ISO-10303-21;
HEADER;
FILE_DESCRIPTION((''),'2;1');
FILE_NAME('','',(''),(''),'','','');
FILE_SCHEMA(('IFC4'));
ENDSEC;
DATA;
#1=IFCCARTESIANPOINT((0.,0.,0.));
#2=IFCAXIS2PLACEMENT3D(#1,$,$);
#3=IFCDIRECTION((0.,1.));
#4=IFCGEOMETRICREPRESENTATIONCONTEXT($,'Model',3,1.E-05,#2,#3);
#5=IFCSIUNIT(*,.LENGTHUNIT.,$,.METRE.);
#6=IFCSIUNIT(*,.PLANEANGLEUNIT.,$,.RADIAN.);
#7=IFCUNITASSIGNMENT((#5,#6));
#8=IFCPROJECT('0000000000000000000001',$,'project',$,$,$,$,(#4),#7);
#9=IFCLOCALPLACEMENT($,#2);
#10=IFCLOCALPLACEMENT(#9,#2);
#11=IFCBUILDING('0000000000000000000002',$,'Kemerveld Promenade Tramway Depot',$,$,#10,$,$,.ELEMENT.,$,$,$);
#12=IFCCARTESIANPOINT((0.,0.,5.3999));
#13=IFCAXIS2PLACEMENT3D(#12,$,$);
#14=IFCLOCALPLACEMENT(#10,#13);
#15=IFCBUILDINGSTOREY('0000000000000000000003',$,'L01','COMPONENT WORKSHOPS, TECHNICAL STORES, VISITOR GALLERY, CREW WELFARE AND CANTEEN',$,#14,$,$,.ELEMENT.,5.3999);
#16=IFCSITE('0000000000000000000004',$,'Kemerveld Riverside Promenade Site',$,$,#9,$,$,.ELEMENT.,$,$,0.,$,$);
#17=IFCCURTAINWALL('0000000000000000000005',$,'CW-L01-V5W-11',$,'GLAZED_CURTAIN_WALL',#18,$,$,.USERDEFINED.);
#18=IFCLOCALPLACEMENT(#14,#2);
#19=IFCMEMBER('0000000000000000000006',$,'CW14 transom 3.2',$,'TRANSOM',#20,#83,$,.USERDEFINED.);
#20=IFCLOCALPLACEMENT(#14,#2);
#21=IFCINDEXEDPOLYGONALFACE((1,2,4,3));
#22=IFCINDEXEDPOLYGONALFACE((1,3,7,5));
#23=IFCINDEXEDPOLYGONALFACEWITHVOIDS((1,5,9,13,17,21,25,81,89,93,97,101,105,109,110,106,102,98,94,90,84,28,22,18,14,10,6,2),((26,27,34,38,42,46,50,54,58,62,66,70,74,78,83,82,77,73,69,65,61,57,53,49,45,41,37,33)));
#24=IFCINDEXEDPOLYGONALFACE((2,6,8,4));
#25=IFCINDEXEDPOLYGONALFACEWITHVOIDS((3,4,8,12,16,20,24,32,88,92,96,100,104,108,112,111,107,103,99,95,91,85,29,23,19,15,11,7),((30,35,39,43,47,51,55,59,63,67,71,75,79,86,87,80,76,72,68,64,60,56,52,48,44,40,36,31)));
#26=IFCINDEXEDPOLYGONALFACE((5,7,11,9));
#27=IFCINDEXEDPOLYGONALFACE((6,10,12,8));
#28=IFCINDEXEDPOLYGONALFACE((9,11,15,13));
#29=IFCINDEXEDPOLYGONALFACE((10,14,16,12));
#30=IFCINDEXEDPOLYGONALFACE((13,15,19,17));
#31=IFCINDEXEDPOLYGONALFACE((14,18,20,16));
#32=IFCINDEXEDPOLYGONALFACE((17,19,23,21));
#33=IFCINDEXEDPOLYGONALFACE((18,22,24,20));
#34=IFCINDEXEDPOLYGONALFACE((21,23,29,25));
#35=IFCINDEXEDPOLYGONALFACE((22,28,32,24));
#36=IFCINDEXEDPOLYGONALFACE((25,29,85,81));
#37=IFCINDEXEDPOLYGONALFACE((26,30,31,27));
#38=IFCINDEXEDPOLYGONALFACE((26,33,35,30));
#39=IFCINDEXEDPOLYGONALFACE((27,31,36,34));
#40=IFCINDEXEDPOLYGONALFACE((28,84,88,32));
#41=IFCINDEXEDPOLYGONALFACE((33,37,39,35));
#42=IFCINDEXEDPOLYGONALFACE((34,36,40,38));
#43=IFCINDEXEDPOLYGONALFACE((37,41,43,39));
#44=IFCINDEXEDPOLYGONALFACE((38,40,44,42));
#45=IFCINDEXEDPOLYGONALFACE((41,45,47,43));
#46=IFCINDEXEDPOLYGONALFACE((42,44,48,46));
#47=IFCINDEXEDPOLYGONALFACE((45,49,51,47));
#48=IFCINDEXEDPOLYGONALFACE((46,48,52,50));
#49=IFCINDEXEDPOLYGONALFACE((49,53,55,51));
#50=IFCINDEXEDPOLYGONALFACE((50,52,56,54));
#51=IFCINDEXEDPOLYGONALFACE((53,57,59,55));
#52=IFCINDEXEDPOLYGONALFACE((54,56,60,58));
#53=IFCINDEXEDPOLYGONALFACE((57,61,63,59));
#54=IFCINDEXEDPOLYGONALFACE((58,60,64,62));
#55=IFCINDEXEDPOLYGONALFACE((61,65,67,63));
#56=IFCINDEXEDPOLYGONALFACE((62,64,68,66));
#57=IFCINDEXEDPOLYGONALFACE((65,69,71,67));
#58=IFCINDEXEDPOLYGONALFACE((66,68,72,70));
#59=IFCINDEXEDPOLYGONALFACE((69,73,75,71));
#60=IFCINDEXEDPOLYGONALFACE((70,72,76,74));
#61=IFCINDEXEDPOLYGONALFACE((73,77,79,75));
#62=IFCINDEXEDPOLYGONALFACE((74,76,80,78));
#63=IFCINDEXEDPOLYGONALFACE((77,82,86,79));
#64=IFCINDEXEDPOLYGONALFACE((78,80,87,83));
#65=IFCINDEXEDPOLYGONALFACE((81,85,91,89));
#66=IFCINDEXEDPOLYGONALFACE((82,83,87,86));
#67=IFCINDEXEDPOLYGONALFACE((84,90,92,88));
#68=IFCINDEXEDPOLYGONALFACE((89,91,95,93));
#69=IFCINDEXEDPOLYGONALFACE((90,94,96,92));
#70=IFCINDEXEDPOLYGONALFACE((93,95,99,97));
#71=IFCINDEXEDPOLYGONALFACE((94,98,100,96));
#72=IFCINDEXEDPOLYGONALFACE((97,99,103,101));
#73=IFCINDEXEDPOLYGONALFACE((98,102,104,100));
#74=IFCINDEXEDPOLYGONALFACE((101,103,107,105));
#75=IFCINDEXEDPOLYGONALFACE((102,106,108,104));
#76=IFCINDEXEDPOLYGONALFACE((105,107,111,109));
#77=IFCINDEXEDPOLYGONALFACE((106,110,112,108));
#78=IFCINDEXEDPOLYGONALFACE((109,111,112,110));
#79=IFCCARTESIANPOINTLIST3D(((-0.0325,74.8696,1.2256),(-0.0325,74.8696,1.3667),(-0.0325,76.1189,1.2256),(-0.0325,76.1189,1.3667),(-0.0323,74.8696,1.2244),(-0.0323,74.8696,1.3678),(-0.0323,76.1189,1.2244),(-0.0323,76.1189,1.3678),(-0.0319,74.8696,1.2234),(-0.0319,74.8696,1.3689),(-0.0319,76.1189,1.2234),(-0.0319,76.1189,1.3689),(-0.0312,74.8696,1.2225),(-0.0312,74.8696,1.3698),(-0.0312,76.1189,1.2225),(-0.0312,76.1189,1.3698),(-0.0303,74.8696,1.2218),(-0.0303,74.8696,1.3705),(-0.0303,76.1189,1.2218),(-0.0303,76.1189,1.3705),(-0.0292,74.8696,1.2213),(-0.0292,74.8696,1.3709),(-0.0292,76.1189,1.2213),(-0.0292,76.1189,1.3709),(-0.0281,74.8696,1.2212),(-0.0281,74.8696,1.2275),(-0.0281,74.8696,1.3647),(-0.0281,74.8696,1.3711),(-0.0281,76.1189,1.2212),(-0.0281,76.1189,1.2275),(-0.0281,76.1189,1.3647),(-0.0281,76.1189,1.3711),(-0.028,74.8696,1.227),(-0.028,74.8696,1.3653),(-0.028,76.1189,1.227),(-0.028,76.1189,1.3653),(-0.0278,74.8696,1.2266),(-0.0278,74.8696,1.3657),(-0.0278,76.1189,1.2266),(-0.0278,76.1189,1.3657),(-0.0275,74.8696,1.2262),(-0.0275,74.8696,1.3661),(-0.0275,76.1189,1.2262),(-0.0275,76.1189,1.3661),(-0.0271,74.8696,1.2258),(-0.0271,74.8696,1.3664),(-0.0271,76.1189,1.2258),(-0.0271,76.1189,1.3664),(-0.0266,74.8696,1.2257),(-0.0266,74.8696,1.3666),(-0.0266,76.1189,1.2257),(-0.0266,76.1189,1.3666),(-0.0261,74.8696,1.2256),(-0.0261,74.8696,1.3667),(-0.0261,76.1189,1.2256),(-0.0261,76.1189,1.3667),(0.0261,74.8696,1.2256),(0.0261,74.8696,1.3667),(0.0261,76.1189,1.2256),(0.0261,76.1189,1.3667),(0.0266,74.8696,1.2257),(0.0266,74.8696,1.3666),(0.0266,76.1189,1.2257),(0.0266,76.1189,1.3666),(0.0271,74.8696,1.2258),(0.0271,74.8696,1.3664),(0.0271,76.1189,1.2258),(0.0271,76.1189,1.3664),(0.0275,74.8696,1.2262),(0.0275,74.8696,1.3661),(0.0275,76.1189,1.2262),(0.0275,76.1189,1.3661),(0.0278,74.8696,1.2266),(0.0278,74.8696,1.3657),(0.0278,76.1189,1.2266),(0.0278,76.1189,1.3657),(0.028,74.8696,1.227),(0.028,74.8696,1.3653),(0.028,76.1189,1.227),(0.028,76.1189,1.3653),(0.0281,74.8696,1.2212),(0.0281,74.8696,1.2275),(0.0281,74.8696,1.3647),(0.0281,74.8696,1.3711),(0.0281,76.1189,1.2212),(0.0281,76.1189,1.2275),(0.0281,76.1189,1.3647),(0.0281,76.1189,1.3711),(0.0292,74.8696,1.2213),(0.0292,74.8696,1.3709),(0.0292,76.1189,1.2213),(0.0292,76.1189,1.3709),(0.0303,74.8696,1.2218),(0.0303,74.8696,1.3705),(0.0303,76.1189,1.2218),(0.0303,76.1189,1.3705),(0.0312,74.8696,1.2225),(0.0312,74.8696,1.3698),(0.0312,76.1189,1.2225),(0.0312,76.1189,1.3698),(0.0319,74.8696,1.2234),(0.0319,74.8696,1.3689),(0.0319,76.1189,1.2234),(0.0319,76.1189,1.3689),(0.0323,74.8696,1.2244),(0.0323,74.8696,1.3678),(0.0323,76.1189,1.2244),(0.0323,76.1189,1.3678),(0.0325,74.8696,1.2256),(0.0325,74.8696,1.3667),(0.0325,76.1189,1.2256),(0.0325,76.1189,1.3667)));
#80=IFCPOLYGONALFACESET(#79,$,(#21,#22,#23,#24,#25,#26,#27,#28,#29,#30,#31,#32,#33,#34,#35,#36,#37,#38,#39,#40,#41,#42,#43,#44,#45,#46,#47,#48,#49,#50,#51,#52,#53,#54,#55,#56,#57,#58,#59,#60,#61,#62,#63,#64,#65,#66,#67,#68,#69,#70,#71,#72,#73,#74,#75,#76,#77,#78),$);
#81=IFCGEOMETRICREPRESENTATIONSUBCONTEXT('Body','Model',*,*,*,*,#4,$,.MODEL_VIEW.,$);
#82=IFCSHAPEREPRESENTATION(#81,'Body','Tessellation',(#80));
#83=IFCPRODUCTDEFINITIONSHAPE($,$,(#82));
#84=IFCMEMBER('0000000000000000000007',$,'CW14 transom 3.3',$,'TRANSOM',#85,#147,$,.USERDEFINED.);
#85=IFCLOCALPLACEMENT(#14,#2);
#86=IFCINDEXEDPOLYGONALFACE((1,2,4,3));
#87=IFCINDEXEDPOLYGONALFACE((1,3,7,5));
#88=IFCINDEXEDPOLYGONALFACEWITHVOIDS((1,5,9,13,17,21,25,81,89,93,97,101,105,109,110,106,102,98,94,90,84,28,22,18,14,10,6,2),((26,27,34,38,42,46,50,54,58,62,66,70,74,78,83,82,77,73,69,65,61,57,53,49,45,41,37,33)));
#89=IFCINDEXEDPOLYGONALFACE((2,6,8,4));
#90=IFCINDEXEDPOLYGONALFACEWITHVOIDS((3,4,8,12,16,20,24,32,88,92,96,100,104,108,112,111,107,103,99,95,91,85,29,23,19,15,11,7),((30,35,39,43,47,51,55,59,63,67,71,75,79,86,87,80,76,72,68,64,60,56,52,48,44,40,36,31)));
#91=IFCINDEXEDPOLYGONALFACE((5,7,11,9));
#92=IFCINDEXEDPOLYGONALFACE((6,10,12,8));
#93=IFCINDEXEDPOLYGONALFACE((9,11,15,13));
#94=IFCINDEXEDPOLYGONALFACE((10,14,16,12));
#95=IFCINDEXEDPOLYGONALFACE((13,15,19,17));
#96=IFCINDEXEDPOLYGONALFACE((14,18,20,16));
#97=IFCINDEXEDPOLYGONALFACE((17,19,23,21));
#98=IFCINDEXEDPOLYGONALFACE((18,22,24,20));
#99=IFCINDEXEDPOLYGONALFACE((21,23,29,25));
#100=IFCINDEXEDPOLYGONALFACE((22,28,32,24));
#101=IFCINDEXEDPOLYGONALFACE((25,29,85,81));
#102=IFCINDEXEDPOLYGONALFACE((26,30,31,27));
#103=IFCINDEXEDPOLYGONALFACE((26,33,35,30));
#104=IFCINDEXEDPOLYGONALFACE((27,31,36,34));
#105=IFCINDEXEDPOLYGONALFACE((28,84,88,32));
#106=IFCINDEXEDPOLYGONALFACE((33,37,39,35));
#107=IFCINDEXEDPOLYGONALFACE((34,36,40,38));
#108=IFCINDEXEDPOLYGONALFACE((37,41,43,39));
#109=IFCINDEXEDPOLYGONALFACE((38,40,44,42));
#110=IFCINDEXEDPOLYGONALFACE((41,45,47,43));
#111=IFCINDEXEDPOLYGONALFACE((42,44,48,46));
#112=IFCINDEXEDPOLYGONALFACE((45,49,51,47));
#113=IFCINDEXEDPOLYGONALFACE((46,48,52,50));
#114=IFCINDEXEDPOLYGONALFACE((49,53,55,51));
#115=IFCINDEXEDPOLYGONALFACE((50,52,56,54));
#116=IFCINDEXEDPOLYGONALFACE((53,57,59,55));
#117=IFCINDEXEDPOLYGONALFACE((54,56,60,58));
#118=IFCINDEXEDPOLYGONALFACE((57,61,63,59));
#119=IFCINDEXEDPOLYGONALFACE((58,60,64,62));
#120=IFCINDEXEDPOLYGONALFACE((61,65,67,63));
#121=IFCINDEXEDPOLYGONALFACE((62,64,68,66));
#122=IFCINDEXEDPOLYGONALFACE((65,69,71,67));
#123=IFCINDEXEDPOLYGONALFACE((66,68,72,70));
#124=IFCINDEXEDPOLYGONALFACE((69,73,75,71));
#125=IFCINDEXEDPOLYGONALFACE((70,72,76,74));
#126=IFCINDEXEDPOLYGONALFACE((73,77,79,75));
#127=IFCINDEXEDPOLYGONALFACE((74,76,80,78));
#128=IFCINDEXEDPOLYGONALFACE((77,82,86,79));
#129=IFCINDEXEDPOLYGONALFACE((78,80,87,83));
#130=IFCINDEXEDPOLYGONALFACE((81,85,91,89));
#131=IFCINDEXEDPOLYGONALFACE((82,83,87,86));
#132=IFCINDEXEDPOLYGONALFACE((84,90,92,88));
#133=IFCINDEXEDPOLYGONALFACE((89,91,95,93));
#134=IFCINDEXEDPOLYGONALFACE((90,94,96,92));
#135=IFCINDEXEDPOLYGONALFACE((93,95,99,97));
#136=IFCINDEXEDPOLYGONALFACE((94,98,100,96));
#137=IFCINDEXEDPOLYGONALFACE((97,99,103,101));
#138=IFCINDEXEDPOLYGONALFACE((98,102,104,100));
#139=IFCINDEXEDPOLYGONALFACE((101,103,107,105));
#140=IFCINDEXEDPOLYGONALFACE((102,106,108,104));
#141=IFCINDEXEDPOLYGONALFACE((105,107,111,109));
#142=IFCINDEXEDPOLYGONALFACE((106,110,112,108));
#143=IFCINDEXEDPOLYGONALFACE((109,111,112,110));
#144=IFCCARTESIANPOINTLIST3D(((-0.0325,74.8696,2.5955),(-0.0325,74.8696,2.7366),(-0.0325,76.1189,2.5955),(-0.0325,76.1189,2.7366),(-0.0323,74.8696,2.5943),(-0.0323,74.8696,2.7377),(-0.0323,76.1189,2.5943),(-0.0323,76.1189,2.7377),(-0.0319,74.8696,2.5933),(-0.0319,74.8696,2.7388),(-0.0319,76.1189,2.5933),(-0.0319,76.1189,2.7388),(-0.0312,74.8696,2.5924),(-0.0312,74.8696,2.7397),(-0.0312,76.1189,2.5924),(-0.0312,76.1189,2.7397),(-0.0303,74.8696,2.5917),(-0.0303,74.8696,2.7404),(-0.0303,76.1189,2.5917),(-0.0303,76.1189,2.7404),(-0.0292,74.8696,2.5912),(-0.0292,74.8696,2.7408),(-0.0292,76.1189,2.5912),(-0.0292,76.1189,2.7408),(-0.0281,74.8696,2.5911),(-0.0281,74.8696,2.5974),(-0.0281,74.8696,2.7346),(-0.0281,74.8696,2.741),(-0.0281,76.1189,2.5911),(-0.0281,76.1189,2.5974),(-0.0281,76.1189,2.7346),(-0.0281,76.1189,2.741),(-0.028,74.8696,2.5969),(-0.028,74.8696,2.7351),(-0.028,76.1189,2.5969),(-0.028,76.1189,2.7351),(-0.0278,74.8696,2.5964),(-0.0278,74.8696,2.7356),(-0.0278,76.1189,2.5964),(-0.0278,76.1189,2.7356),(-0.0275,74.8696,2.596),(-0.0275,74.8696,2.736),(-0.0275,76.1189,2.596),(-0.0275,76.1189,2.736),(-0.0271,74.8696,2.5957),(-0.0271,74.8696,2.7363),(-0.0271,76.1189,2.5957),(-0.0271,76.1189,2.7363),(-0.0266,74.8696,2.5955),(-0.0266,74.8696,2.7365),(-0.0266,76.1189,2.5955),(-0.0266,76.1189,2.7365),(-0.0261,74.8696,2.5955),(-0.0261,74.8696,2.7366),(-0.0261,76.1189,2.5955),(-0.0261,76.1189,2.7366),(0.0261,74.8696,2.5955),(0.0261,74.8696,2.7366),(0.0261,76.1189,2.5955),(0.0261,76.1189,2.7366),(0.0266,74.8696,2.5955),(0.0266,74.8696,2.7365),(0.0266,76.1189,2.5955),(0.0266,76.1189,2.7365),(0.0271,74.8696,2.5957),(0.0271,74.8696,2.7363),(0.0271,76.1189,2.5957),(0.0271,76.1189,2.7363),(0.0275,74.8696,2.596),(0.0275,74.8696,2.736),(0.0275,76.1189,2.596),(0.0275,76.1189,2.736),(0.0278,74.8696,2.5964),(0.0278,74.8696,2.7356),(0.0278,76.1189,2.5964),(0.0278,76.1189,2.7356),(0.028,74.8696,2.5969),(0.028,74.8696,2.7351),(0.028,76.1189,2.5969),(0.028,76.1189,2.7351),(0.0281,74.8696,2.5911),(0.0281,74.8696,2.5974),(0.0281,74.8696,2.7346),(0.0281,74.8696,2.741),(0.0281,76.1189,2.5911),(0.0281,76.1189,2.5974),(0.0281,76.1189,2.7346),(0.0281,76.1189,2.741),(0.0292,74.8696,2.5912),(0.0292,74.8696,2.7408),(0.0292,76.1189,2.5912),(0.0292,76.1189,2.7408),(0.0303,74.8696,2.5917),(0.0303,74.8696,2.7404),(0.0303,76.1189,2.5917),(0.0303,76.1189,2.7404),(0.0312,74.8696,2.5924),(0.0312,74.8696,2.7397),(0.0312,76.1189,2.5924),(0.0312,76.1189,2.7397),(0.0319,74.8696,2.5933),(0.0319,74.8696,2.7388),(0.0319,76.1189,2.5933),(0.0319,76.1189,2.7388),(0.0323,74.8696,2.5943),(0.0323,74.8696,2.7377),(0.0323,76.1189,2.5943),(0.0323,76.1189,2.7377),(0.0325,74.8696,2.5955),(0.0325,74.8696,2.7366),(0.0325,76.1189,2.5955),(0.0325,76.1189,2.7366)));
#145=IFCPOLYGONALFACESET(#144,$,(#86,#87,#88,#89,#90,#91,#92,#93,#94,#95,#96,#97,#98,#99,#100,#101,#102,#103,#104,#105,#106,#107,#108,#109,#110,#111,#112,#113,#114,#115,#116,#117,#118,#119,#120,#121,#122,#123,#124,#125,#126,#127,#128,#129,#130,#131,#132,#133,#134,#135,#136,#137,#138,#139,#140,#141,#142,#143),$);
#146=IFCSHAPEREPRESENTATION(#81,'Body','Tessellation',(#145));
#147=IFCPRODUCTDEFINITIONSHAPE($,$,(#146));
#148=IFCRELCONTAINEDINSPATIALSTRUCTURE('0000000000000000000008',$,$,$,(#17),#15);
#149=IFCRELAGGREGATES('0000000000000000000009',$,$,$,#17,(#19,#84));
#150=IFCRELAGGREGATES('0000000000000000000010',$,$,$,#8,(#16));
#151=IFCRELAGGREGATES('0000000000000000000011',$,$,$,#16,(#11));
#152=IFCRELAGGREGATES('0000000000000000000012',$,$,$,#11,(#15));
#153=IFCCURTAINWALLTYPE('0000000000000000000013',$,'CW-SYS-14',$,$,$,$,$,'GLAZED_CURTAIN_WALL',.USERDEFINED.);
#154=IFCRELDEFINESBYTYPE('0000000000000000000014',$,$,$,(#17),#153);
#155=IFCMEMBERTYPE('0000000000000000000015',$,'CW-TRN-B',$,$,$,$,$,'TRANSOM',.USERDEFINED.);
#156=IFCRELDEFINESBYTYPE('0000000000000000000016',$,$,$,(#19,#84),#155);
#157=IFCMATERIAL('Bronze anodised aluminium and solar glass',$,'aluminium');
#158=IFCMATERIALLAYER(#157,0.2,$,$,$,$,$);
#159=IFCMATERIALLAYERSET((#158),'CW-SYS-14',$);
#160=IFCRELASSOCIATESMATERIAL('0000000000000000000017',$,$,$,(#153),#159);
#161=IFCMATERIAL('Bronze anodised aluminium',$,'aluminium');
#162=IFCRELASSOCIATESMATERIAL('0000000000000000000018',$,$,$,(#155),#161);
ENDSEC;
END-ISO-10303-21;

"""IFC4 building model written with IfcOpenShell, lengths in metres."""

from ifc_helpers import new_model, si_unit, direction, frame, origin, origin_2d, place, context, subcontext, project, spatial, hollow_rectangle, extrude, material, layer, layer_set, material_profile, profile_set, type_object, element, aggregate, save


model = new_model("IFC4")

# Units and contexts
model_context = context("Model", 3, precision=1e-05, world=origin(), true_north=direction((0.0, 1.0)))
body_context = subcontext(model_context, "Body", "Model", "MODEL_VIEW")
ifc_project = project(units=[si_unit("LENGTHUNIT", "METRE"), si_unit("PLANEANGLEUNIT", "RADIAN")], contexts=[model_context])

# Site, building, storey
site_placement = place(None, origin())
site = spatial("IfcSite", under=ifc_project, at=site_placement, Name="Kemerveld Riverside Promenade Site", CompositionType="ELEMENT", RefElevation=0.0)
building_placement = place(site_placement, origin())
building = spatial("IfcBuilding", under=site, at=building_placement, Name="Kemerveld Promenade Tramway Depot", CompositionType="ELEMENT")
storey_placement = place(building_placement, frame((0.0, 0.0, 5.3999)))
storey = spatial("IfcBuildingStorey", under=building, at=storey_placement, Name="L01", Description="COMPONENT WORKSHOPS, TECHNICAL STORES, VISITOR GALLERY, CREW WELFARE AND CANTEEN", CompositionType="ELEMENT", Elevation=5.3999)

# Curtain wall, members
ifc_material_1 = material(Name="Bronze anodised aluminium and solar glass", Category="aluminium")
ifc_layer_1 = layer(ifc_material_1, 0.2)
ifc_layer_set_1 = layer_set([ifc_layer_1], Name="CW-SYS-14")
curtain_wall_type = type_object("IfcCurtainWallType", Name="CW-SYS-14", ElementType="GLAZED_CURTAIN_WALL", PredefinedType="USERDEFINED", material=ifc_layer_set_1)
curtain_wall_placement = place(storey_placement, origin())
curtain_wall = element("IfcCurtainWall", 1, at=curtain_wall_placement, inside=storey, type_object=curtain_wall_type, Name="CW-L01-V5W-11", ObjectType="GLAZED_CURTAIN_WALL", PredefinedType="USERDEFINED")
ifc_material_2 = material(Name="Bronze anodised aluminium", Category="aluminium")
ifc_material_profile_1 = material_profile(ifc_material_2, hollow_rectangle(XDim=0.0649, YDim=0.1499, WallThickness=0.0044, InnerFilletRadius=0.002, OuterFilletRadius=0.0044, at=origin_2d()), Name="CW-TRN-150x65")
ifc_profile_set_1 = profile_set([ifc_material_profile_1], Name="Bronze anodised aluminium")
member_type_1 = type_object("IfcMemberType", Name="CW-TRN-B", ElementType="TRANSOM", PredefinedType="USERDEFINED", material=ifc_profile_set_1)
member_1_placement = place(storey_placement, frame((0.0, 74.8696, 1.2961), z_axis=(0.0, 1.0, 0.0), x_axis=(-1.0, 0.0, 0.0)))
member_1 = element("IfcMember", 2, at=member_1_placement, type_object=member_type_1, Name="CW14 transom 3.2", ObjectType="TRANSOM", PredefinedType="USERDEFINED", context=body_context, shape_type="SweptSolid", body=[
    extrude(hollow_rectangle(XDim=0.0649, YDim=0.1499, WallThickness=0.0044, InnerFilletRadius=0.002, OuterFilletRadius=0.0044, at=origin_2d()), origin(), (0.0, 0.0, 1.0), 1.2493),
])
member_2_placement = place(storey_placement, frame((0.0, 74.8696, 2.666), z_axis=(0.0, 1.0, 0.0), x_axis=(-1.0, 0.0, 0.0)))
member_2 = element("IfcMember", 3, at=member_2_placement, type_object=member_type_1, Name="CW14 transom 3.3", ObjectType="TRANSOM", PredefinedType="USERDEFINED", context=body_context, shape_type="SweptSolid", body=[
    extrude(hollow_rectangle(XDim=0.0649, YDim=0.1499, WallThickness=0.0044, InnerFilletRadius=0.002, OuterFilletRadius=0.0044, at=origin_2d()), origin(), (0.0, 0.0, 1.0), 1.2493),
])
aggregate(curtain_wall, [member_1, member_2])

save(model, "model.ifc")
